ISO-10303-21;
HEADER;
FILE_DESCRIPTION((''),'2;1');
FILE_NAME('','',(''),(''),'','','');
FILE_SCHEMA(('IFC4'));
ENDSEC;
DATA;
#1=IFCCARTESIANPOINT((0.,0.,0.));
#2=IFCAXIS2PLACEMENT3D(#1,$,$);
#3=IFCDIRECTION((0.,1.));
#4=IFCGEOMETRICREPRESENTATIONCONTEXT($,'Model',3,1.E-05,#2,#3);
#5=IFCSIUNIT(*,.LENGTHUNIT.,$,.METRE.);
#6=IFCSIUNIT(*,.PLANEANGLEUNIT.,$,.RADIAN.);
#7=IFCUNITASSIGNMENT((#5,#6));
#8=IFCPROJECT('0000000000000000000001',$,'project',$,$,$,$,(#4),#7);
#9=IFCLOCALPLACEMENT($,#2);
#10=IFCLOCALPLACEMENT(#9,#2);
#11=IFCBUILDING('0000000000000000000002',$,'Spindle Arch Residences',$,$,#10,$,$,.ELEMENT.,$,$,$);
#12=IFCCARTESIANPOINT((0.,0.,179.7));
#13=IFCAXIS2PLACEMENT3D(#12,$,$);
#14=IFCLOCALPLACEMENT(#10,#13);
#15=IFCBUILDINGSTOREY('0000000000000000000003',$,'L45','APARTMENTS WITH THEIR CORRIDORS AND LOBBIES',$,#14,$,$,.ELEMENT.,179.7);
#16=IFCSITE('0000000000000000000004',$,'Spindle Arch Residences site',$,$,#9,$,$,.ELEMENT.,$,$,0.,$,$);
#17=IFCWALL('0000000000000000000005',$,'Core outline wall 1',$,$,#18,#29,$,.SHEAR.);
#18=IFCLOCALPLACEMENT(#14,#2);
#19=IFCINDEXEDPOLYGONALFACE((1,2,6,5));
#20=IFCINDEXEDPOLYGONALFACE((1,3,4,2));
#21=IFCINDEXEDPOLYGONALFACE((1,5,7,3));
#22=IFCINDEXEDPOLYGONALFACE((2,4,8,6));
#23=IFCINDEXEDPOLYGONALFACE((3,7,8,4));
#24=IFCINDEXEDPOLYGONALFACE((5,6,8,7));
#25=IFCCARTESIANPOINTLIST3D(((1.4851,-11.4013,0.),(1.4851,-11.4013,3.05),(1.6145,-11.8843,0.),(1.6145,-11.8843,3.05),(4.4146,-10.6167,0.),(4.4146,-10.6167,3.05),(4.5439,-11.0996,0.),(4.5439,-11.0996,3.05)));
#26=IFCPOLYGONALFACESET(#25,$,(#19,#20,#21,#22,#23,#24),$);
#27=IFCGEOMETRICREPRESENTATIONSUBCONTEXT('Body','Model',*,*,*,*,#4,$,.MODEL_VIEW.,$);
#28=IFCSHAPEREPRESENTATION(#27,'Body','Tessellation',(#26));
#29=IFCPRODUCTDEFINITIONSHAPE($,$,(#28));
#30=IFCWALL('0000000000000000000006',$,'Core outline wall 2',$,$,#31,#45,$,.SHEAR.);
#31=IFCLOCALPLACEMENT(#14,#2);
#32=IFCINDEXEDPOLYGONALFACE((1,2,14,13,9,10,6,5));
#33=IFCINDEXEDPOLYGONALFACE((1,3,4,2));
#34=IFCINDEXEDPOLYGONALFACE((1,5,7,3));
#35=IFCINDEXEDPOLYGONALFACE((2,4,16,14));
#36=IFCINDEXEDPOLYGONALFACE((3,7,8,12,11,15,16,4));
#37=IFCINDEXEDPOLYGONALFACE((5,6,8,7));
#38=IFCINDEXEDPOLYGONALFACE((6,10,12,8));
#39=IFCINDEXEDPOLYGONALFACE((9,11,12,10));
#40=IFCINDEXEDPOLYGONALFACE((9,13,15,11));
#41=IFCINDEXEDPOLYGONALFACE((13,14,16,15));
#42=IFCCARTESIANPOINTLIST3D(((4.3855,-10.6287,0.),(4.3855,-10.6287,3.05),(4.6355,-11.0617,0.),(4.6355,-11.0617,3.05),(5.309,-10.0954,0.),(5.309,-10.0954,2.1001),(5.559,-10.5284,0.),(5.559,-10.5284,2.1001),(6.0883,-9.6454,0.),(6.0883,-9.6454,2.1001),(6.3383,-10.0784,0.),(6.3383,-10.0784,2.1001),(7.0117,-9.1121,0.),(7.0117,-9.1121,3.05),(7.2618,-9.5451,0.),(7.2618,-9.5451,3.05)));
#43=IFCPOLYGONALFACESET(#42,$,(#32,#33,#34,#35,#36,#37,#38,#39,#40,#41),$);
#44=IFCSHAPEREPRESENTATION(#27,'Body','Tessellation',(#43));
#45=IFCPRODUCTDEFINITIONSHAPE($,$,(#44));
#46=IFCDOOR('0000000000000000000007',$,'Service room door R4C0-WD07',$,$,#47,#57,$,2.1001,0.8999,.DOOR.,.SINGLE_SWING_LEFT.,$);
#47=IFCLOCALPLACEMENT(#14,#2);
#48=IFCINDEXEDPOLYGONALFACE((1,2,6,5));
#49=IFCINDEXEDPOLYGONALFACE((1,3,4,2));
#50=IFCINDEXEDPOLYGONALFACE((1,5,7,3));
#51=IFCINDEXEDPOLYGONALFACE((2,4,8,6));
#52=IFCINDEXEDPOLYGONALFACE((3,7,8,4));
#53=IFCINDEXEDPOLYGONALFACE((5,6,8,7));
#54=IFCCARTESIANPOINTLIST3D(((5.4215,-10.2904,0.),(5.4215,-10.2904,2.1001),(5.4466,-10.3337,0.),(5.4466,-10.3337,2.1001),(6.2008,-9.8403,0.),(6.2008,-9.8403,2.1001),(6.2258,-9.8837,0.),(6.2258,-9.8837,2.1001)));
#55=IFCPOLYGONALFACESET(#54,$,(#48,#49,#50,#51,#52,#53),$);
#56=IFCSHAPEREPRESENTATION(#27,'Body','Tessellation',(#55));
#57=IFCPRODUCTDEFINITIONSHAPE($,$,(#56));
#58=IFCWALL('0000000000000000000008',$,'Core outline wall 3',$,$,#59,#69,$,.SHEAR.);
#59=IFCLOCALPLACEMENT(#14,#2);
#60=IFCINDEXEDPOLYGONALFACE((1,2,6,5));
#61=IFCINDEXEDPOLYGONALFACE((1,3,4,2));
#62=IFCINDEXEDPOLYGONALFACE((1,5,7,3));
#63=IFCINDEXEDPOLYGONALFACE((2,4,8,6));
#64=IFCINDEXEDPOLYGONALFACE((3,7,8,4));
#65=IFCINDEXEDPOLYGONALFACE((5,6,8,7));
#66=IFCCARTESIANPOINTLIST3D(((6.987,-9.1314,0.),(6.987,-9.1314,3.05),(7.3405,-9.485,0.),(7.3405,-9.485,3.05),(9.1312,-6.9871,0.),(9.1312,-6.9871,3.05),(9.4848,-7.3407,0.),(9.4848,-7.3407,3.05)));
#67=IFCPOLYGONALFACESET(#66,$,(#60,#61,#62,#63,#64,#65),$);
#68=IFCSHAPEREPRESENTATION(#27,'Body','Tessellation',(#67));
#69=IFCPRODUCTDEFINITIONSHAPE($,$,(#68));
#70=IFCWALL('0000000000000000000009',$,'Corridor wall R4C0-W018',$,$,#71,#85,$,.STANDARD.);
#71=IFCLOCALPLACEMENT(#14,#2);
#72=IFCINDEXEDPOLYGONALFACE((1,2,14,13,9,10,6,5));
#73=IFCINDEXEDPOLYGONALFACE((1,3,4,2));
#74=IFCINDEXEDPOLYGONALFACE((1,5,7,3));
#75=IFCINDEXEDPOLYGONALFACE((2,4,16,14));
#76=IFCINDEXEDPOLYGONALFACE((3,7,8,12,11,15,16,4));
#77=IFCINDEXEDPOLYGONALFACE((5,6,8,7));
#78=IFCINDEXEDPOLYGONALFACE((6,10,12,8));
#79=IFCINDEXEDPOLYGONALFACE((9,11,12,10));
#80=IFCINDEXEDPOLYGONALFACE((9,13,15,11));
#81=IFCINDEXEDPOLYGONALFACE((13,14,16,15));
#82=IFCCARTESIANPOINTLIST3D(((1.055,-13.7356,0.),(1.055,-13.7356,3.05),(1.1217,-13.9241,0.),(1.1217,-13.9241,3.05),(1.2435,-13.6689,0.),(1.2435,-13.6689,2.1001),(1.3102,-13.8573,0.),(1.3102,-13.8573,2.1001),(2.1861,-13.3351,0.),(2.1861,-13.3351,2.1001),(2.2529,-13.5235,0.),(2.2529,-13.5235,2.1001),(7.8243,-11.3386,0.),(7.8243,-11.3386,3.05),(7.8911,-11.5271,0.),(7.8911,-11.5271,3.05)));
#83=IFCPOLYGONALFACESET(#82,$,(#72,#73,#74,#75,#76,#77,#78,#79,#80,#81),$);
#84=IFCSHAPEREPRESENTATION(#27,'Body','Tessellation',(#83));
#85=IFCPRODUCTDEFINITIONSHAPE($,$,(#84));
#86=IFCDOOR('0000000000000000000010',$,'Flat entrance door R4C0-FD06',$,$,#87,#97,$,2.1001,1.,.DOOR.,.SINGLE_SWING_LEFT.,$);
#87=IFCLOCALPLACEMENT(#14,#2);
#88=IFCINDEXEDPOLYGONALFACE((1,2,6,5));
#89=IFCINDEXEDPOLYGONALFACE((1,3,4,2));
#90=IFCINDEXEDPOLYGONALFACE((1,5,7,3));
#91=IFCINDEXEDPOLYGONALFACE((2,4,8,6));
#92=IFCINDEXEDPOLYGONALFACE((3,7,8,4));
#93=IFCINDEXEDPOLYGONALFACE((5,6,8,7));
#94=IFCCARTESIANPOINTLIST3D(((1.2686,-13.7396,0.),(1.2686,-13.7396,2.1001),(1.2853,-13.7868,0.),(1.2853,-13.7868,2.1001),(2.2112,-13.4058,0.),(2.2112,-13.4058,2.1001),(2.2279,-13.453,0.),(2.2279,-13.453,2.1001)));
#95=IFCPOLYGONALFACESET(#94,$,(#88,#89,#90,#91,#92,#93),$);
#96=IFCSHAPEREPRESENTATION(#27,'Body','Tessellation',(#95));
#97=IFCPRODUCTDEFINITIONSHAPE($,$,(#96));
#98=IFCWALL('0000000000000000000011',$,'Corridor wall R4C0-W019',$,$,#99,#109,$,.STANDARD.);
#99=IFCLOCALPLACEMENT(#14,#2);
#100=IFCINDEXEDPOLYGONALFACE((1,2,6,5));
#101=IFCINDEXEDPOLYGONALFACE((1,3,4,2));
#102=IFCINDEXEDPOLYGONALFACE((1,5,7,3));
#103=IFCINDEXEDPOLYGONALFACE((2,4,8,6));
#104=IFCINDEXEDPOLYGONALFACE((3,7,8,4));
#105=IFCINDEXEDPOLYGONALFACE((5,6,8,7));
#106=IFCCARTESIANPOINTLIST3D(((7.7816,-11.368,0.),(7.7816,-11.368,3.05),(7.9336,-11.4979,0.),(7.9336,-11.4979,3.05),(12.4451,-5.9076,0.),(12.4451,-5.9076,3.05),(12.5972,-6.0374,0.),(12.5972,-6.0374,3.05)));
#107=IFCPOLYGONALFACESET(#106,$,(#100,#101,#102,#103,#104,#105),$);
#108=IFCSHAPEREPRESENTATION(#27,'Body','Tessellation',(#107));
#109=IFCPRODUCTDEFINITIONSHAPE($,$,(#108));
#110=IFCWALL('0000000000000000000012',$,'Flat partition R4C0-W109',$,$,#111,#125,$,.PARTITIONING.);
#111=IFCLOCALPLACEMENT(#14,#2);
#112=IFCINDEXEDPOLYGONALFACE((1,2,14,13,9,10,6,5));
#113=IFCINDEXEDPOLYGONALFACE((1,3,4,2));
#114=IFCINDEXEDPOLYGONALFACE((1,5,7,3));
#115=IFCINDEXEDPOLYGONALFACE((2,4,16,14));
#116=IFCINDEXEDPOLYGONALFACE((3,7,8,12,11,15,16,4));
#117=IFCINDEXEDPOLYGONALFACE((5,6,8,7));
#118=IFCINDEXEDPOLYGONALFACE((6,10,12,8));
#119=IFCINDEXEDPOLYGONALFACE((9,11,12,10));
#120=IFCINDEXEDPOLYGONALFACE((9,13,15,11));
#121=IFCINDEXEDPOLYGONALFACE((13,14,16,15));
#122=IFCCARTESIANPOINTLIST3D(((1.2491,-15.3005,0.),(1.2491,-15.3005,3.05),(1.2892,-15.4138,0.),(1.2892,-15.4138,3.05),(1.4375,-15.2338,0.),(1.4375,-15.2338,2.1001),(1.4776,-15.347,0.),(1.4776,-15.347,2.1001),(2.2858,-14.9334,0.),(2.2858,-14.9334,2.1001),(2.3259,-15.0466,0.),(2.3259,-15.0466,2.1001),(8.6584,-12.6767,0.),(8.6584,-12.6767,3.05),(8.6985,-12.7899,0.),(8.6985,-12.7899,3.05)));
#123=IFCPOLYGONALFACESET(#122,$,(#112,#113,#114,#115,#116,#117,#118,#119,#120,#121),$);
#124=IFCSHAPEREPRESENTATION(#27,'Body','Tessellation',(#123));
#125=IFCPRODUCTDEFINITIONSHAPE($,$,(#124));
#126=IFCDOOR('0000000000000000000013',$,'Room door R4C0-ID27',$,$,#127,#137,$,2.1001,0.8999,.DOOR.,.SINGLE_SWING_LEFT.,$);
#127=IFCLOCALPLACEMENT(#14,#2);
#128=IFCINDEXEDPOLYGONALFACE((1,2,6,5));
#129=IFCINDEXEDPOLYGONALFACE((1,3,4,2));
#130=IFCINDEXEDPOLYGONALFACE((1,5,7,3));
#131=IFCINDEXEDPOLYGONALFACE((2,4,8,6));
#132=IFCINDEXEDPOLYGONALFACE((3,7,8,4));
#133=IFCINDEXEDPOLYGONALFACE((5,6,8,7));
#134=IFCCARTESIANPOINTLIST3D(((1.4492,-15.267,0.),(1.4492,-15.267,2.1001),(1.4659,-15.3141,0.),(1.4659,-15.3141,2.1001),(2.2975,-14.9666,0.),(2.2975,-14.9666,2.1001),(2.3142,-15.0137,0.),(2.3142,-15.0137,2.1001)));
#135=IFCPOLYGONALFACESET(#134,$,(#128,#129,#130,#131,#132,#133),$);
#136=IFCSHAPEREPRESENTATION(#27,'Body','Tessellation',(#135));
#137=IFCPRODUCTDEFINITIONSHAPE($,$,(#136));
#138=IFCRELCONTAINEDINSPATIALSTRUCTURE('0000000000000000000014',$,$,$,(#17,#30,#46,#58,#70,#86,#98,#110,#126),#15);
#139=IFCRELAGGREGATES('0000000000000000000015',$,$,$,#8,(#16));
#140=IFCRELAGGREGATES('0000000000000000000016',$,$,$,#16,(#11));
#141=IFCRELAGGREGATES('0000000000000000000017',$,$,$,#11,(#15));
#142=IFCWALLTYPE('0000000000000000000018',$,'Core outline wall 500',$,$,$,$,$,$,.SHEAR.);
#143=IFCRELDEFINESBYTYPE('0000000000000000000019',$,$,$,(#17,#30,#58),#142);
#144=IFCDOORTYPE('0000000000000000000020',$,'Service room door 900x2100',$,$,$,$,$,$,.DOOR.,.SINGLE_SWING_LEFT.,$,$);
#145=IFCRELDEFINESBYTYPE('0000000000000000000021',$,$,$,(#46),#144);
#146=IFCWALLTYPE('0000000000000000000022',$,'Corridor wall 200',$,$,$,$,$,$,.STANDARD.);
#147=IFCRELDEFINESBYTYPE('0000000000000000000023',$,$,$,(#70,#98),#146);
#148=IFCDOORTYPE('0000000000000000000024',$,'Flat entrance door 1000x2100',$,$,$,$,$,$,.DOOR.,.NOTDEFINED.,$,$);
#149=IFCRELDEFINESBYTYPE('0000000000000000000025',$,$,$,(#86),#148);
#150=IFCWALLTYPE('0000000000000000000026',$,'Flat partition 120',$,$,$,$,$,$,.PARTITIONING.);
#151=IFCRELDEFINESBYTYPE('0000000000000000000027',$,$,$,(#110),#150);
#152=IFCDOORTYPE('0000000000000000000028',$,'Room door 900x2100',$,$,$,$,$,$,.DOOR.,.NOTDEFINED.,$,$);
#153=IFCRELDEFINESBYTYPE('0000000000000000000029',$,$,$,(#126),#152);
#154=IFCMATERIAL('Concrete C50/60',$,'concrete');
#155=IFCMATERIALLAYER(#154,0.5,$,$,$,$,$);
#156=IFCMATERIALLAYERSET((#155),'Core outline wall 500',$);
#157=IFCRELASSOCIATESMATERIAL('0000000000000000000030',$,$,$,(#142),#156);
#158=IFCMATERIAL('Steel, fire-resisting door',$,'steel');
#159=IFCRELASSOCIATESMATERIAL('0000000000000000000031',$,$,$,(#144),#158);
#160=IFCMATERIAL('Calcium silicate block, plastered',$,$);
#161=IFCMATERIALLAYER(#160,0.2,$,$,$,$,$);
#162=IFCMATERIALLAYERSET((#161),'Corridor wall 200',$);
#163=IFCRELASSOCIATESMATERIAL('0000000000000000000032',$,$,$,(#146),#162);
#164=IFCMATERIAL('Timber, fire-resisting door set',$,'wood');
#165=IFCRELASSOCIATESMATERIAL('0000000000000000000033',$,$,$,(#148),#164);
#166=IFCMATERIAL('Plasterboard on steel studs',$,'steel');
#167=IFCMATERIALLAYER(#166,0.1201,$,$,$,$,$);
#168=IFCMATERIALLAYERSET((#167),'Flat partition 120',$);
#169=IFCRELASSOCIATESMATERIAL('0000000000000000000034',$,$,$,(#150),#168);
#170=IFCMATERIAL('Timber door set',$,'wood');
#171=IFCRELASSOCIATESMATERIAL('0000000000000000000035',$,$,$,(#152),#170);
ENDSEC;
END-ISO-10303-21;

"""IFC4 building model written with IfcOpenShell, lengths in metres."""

from ifc_helpers import new_model, si_unit, direction, frame, frame_2d, origin, place, context, subcontext, project, spatial, rectangle, extrude, material, layer, layer_set, type_object, element, fill, save


model = new_model("IFC4")

# Units and contexts
model_context = context("Model", 3, precision=1e-05, world=origin(), true_north=direction((0.0, 1.0)))
body_context = subcontext(model_context, "Body", "Model", "MODEL_VIEW")
ifc_project = project(units=[si_unit("LENGTHUNIT", "METRE"), si_unit("PLANEANGLEUNIT", "RADIAN")], contexts=[model_context])

# Site, building, storey
site_placement = place(None, origin())
site = spatial("IfcSite", under=ifc_project, at=site_placement, Name="Spindle Arch Residences site", CompositionType="ELEMENT", RefElevation=0.0)
building_placement = place(site_placement, origin())
building = spatial("IfcBuilding", under=site, at=building_placement, Name="Spindle Arch Residences", CompositionType="ELEMENT")
storey_placement = place(building_placement, frame((0.0, 0.0, 179.7)))
storey = spatial("IfcBuildingStorey", under=building, at=storey_placement, Name="L45", Description="APARTMENTS WITH THEIR CORRIDORS AND LOBBIES", CompositionType="ELEMENT", Elevation=179.7)

# Wall
ifc_material_1 = material(Name="Concrete C50/60", Category="concrete")
ifc_layer_1 = layer(ifc_material_1, 0.5)
ifc_layer_set_1 = layer_set([ifc_layer_1], Name="Core outline wall 500")
wall_type_1 = type_object("IfcWallType", Name="Core outline wall 500", PredefinedType="SHEAR", material=ifc_layer_set_1)
wall_1_placement = place(storey_placement, frame((1.5498, -11.6428, 0.0), z_axis=(0.0, 0.0, 1.0), x_axis=(0.965948, 0.258735, 0.0)))
element("IfcWall", 1, at=wall_1_placement, inside=storey, type_object=wall_type_1, Name="Core outline wall 1", PredefinedType="SHEAR", context=body_context, shape_type="SweptSolid", body=[
    extrude(rectangle(XDim=3.0327, YDim=0.5, at=frame_2d((1.5164, 0.0))), origin(), (0.0, 0.0, 1.0), 3.05),
])

# Wall, opening, door
wall_2_placement = place(storey_placement, frame((4.5105, -10.8452, 0.0), z_axis=(0.0, 0.0, 1.0), x_axis=(0.865975, 0.500087, 0.0)))
wall_2 = element("IfcWall", 2, at=wall_2_placement, inside=storey, type_object=wall_type_1, Name="Core outline wall 2", PredefinedType="SHEAR", context=body_context, shape_type="SweptSolid", body=[
    extrude(rectangle(XDim=3.0327, YDim=0.5, at=frame_2d((1.5164, 0.0))), origin(), (0.0, 0.0, 1.0), 3.05),
])
opening_1_placement = place(wall_2_placement, frame((1.0664, 0.0, 0.0)))
opening_1 = element("IfcOpeningElement", 3, at=opening_1_placement, cuts=wall_2, PredefinedType="OPENING", context=body_context, shape_type="SweptSolid", body=[
    extrude(rectangle(XDim=0.8999, YDim=2.1001, at=frame_2d((0.45, 1.05))), frame((0.0, 0.26, 0.0), z_axis=(0.0, -1.0, 0.0), x_axis=(1.0, 0.0, 0.0)), (0.0, 0.0, 1.0), 0.52),
])
ifc_material_2 = material(Name="Steel, fire-resisting door", Category="steel")
door_type_1 = type_object("IfcDoorType", Name="Service room door 900x2100", OperationType="SINGLE_SWING_LEFT", PredefinedType="DOOR", material=ifc_material_2)
door_1_placement = place(opening_1_placement, origin())
door_1 = element("IfcDoor", 4, at=door_1_placement, inside=storey, type_object=door_type_1, Name="Service room door R4C0-WD07", OperationType="SINGLE_SWING_LEFT", OverallHeight=2.1001, OverallWidth=0.8999, PredefinedType="DOOR", context=body_context, shape_type="SweptSolid", body=[
    extrude(rectangle(XDim=0.8999, YDim=2.1001, at=frame_2d((0.45, 1.05))), frame((0.0, 0.0249, 0.0), z_axis=(0.0, -1.0, 0.0), x_axis=(1.0, 0.0, 0.0)), (0.0, 0.0, 1.0), 0.05),
])
fill(opening_1, door_1)

# Wall
wall_3_placement = place(storey_placement, frame((7.1638, -9.3081, 0.0), z_axis=(0.0, 0.0, 1.0), x_axis=(0.707107, 0.707107, 0.0)))
element("IfcWall", 5, at=wall_3_placement, inside=storey, type_object=wall_type_1, Name="Core outline wall 3", PredefinedType="SHEAR", context=body_context, shape_type="SweptSolid", body=[
    extrude(rectangle(XDim=3.0325, YDim=0.5, at=frame_2d((1.5161, 0.0))), origin(), (0.0, 0.0, 1.0), 3.05),
])

# Wall, opening, door
ifc_material_3 = material(Name="Calcium silicate block, plastered")
ifc_layer_2 = layer(ifc_material_3, 0.2)
ifc_layer_set_2 = layer_set([ifc_layer_2], Name="Corridor wall 200")
wall_type_2 = type_object("IfcWallType", Name="Corridor wall 200", PredefinedType="STANDARD", material=ifc_layer_set_2)
wall_4_placement = place(storey_placement, frame((1.0884, -13.8298, 0.0), z_axis=(0.0, 0.0, 1.0), x_axis=(0.942648, 0.333787, 0.0)))
wall_4 = element("IfcWall", 6, at=wall_4_placement, inside=storey, type_object=wall_type_2, Name="Corridor wall R4C0-W018", PredefinedType="STANDARD", context=body_context, shape_type="SweptSolid", body=[
    extrude(rectangle(XDim=7.1812, YDim=0.2, at=frame_2d((3.5906, 0.0))), origin(), (0.0, 0.0, 1.0), 3.05),
])
opening_2_placement = place(wall_4_placement, frame((0.2, 0.0, 0.0)))
opening_2 = element("IfcOpeningElement", 7, at=opening_2_placement, cuts=wall_4, PredefinedType="OPENING", context=body_context, shape_type="SweptSolid", body=[
    extrude(rectangle(XDim=1.0, YDim=2.1001, at=frame_2d((0.5, 1.05))), frame((0.0, 0.1099, 0.0), z_axis=(0.0, -1.0, 0.0), x_axis=(1.0, 0.0, 0.0)), (0.0, 0.0, 1.0), 0.22),
])
ifc_material_4 = material(Name="Timber, fire-resisting door set", Category="wood")
door_type_2 = type_object("IfcDoorType", Name="Flat entrance door 1000x2100", OperationType="NOTDEFINED", PredefinedType="DOOR", material=ifc_material_4)
door_2_placement = place(opening_2_placement, origin())
door_2 = element("IfcDoor", 8, at=door_2_placement, inside=storey, type_object=door_type_2, Name="Flat entrance door R4C0-FD06", OperationType="SINGLE_SWING_LEFT", OverallHeight=2.1001, OverallWidth=1.0, PredefinedType="DOOR", context=body_context, shape_type="SweptSolid", body=[
    extrude(rectangle(XDim=1.0, YDim=2.1001, at=frame_2d((0.5, 1.05))), frame((0.0, 0.0249, 0.0), z_axis=(0.0, -1.0, 0.0), x_axis=(1.0, 0.0, 0.0)), (0.0, 0.0, 1.0), 0.05),
])
fill(opening_2, door_2)

# Wall
wall_5_placement = place(storey_placement, frame((7.8577, -11.4329, 0.0), z_axis=(0.0, 0.0, 1.0), x_axis=(0.649441, 0.760412, 0.0)))
element("IfcWall", 9, at=wall_5_placement, inside=storey, type_object=wall_type_2, Name="Corridor wall R4C0-W019", PredefinedType="STANDARD", context=body_context, shape_type="SweptSolid", body=[
    extrude(rectangle(XDim=7.1809, YDim=0.2, at=frame_2d((3.5903, 0.0))), origin(), (0.0, 0.0, 1.0), 3.05),
])

# Wall, opening, door
ifc_material_5 = material(Name="Plasterboard on steel studs", Category="steel")
ifc_layer_3 = layer(ifc_material_5, 0.1201)
ifc_layer_set_3 = layer_set([ifc_layer_3], Name="Flat partition 120")
wall_type_3 = type_object("IfcWallType", Name="Flat partition 120", PredefinedType="PARTITIONING", material=ifc_layer_set_3)
wall_6_placement = place(storey_placement, frame((1.269, -15.3572, 0.0), z_axis=(0.0, 0.0, 1.0), x_axis=(0.942639, 0.333813, 0.0)))
wall_6 = element("IfcWall", 10, at=wall_6_placement, inside=storey, type_object=wall_type_3, Name="Flat partition R4C0-W109", PredefinedType="PARTITIONING", context=body_context, shape_type="SweptSolid", body=[
    extrude(rectangle(XDim=7.8601, YDim=0.1201, at=frame_2d((3.9302, 0.0))), origin(), (0.0, 0.0, 1.0), 3.05),
])
opening_3_placement = place(wall_6_placement, frame((0.2, 0.0, 0.0)))
opening_3 = element("IfcOpeningElement", 11, at=opening_3_placement, cuts=wall_6, PredefinedType="OPENING", context=body_context, shape_type="SweptSolid", body=[
    extrude(rectangle(XDim=0.8999, YDim=2.1001, at=frame_2d((0.45, 1.05))), frame((0.0, 0.0701, 0.0), z_axis=(0.0, -1.0, 0.0), x_axis=(1.0, 0.0, 0.0)), (0.0, 0.0, 1.0), 0.1401),
])
ifc_material_6 = material(Name="Timber door set", Category="wood")
door_type_3 = type_object("IfcDoorType", Name="Room door 900x2100", OperationType="NOTDEFINED", PredefinedType="DOOR", material=ifc_material_6)
door_3_placement = place(opening_3_placement, origin())
door_3 = element("IfcDoor", 12, at=door_3_placement, inside=storey, type_object=door_type_3, Name="Room door R4C0-ID27", OperationType="SINGLE_SWING_LEFT", OverallHeight=2.1001, OverallWidth=0.8999, PredefinedType="DOOR", context=body_context, shape_type="SweptSolid", body=[
    extrude(rectangle(XDim=0.8999, YDim=2.1001, at=frame_2d((0.45, 1.05))), frame((0.0, 0.0249, 0.0), z_axis=(0.0, -1.0, 0.0), x_axis=(1.0, 0.0, 0.0)), (0.0, 0.0, 1.0), 0.05),
])
fill(opening_3, door_3)

save(model, "model.ifc")
